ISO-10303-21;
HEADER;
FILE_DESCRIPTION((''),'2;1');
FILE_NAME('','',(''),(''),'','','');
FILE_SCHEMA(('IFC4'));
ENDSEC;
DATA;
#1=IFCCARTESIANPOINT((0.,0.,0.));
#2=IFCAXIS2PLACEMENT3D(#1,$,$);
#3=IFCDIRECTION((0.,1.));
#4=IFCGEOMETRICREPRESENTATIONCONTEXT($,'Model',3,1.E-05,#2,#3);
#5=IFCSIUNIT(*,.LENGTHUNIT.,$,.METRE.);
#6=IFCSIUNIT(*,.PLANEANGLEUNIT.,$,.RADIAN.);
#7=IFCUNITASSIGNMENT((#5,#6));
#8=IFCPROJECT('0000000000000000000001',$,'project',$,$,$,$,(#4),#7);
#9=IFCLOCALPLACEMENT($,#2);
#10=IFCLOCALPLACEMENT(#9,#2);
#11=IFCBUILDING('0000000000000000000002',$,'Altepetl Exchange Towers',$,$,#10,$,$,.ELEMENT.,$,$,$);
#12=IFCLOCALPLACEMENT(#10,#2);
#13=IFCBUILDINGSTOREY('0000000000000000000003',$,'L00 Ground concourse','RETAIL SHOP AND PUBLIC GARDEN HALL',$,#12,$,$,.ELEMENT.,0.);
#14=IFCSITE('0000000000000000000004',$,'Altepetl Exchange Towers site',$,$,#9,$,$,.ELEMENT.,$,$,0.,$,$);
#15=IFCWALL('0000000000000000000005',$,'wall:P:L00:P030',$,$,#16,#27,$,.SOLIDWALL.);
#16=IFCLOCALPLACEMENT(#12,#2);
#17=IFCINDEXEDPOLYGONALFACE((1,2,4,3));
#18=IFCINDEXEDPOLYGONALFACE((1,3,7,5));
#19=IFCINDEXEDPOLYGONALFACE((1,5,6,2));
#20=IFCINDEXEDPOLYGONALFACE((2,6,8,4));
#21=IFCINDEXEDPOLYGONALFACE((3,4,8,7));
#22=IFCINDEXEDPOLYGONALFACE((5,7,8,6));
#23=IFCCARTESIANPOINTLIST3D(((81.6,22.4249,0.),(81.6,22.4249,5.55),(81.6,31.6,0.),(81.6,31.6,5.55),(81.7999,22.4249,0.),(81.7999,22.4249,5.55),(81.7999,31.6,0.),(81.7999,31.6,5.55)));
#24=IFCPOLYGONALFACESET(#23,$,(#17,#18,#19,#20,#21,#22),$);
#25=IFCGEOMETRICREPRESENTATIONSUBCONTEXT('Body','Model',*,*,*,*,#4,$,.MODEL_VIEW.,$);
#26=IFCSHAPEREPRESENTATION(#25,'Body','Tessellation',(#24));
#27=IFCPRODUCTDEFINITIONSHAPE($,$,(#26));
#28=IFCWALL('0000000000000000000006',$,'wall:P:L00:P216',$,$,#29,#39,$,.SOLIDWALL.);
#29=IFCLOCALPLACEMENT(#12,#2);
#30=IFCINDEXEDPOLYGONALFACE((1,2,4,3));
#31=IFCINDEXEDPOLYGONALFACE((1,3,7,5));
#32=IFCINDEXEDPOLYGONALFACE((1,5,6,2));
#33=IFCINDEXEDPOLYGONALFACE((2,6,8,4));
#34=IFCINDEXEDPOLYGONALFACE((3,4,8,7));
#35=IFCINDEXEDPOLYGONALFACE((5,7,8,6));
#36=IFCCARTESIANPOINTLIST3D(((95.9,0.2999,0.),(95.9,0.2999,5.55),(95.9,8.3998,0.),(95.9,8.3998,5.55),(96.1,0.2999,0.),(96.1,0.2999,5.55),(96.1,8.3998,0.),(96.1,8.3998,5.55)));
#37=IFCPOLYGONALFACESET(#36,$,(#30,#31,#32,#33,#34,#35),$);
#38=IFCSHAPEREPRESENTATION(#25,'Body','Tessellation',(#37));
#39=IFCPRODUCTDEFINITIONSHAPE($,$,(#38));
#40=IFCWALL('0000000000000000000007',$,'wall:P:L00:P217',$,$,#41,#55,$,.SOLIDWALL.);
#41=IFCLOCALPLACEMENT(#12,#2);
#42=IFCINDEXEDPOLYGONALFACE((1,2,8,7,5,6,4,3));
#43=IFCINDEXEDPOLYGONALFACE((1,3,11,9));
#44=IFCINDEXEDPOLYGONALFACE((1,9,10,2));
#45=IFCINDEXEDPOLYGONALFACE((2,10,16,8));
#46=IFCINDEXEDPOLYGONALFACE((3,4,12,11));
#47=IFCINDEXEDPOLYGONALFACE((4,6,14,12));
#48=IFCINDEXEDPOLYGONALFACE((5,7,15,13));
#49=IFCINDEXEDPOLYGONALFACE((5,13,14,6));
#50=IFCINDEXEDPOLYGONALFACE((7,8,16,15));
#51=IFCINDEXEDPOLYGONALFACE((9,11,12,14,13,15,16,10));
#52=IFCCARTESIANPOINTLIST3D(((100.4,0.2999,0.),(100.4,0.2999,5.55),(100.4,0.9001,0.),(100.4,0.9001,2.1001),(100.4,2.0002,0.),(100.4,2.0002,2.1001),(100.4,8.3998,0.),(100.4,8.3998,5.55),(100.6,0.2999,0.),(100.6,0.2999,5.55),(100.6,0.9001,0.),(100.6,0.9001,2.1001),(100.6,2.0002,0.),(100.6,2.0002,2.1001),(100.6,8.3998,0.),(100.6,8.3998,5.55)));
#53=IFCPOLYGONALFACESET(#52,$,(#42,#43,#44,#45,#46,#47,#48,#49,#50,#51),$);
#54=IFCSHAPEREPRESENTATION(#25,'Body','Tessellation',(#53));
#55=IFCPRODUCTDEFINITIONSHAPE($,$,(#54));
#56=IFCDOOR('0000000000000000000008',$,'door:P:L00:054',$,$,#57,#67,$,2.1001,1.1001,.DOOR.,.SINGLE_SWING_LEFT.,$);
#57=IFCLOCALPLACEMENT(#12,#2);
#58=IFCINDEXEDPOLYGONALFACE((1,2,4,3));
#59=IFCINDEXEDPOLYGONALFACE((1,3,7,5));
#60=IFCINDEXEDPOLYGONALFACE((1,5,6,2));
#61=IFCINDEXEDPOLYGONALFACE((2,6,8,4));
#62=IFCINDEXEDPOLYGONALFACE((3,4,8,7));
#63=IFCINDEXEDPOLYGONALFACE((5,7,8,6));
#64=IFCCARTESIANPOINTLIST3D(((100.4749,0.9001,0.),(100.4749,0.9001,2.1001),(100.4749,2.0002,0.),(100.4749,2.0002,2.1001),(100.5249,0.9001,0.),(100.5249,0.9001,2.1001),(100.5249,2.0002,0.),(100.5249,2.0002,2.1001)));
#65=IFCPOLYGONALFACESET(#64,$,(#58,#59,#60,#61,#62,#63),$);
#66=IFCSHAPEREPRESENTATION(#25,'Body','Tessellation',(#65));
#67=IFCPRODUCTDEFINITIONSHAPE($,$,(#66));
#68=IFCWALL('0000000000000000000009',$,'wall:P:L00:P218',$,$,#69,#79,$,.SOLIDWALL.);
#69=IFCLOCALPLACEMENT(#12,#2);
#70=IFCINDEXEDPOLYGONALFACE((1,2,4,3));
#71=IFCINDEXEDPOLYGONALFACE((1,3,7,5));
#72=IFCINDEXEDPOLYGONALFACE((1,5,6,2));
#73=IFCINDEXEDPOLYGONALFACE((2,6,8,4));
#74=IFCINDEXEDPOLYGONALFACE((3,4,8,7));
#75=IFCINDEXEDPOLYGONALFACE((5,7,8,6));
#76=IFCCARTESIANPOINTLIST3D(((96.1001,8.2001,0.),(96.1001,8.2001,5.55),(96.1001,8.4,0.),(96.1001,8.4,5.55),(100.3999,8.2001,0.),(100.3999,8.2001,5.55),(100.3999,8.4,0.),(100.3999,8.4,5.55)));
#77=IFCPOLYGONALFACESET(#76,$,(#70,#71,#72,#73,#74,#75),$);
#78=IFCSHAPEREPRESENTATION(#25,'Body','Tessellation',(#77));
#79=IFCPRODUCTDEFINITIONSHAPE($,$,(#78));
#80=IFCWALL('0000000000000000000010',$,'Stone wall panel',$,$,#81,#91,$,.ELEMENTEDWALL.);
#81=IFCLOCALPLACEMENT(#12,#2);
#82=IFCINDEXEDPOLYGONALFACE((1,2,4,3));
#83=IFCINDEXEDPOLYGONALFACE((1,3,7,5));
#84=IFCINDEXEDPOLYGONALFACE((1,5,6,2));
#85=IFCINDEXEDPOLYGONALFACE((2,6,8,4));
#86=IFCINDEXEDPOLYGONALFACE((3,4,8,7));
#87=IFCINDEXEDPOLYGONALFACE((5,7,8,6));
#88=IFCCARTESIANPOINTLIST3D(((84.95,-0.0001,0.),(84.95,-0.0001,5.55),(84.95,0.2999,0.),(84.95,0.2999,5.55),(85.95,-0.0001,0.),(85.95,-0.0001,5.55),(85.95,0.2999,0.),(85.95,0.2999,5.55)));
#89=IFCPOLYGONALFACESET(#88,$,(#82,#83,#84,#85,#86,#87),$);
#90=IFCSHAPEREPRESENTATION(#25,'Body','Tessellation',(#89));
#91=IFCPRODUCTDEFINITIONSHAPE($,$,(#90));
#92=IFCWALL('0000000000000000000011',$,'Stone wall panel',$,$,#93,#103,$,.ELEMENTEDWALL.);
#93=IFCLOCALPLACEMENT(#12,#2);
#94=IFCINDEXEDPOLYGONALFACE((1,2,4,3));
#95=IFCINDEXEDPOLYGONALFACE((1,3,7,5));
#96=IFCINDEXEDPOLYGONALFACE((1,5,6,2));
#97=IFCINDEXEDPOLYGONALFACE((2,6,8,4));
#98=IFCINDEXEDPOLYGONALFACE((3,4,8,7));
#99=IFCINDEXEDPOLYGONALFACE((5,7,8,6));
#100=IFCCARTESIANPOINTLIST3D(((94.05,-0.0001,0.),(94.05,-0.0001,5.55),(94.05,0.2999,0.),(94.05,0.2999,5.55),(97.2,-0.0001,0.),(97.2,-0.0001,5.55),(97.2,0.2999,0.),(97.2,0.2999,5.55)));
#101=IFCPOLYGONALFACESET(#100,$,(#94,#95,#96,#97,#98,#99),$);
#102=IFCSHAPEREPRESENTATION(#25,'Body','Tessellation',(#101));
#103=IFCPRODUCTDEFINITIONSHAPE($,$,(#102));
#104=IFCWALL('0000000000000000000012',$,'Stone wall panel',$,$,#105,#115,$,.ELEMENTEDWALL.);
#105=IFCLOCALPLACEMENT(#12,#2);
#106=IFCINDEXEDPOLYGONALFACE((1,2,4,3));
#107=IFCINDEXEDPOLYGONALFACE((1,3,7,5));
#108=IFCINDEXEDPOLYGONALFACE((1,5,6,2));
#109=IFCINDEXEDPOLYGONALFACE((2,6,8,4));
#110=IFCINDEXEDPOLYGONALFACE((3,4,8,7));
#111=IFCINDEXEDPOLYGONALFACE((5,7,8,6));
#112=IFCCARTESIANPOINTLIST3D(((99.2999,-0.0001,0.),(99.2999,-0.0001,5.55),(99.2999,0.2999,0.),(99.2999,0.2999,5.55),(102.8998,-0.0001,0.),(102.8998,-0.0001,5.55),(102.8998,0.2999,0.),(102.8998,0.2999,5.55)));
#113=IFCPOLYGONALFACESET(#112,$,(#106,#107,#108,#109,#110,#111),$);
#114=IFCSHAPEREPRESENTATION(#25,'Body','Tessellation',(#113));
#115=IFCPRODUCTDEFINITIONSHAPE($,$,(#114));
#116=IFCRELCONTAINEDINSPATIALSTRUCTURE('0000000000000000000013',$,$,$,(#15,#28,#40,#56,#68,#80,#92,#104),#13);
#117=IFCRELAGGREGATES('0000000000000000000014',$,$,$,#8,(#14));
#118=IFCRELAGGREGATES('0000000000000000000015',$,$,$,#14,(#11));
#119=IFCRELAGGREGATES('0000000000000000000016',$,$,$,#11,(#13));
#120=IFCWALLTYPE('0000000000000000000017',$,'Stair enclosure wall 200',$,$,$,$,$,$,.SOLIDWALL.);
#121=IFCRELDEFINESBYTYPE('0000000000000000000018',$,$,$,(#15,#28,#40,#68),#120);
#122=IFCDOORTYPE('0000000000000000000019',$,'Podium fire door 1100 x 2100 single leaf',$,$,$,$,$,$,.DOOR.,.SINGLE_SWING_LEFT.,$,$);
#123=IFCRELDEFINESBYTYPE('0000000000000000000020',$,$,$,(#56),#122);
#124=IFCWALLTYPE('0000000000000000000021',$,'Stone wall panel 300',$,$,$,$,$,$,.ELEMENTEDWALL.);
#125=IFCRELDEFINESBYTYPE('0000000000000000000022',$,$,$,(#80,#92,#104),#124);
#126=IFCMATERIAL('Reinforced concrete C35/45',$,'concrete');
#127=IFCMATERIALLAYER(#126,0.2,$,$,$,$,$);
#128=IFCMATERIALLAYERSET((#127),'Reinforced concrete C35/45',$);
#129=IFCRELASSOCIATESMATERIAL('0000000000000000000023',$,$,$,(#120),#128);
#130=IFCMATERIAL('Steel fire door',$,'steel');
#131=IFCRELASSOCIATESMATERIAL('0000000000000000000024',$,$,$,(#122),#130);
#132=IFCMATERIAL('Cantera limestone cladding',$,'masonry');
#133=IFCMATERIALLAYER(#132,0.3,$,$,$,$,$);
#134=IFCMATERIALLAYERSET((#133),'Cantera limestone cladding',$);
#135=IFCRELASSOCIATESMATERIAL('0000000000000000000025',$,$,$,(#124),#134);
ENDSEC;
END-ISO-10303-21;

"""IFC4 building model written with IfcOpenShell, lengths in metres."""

from ifc_helpers import new_model, si_unit, direction, frame, frame_2d, origin, place, context, subcontext, project, spatial, rectangle, extrude, material, layer, layer_set, type_object, element, fill, save


model = new_model("IFC4")

# Units and contexts
model_context = context("Model", 3, precision=1e-05, world=origin(), true_north=direction((0.0, 1.0)))
body_context = subcontext(model_context, "Body", "Model", "MODEL_VIEW")
ifc_project = project(units=[si_unit("LENGTHUNIT", "METRE"), si_unit("PLANEANGLEUNIT", "RADIAN")], contexts=[model_context])

# Site, building, storey
site_placement = place(None, origin())
site = spatial("IfcSite", under=ifc_project, at=site_placement, Name="Altepetl Exchange Towers site", CompositionType="ELEMENT", RefElevation=0.0)
building_placement = place(site_placement, origin())
building = spatial("IfcBuilding", under=site, at=building_placement, Name="Altepetl Exchange Towers", CompositionType="ELEMENT")
storey_placement = place(building_placement, origin())
storey = spatial("IfcBuildingStorey", under=building, at=storey_placement, Name="L00 Ground concourse", Description="RETAIL SHOP AND PUBLIC GARDEN HALL", CompositionType="ELEMENT", Elevation=0.0)

# Walls
ifc_material_1 = material(Name="Reinforced concrete C35/45", Category="concrete")
ifc_layer_1 = layer(ifc_material_1, 0.2)
ifc_layer_set_1 = layer_set([ifc_layer_1], Name="Reinforced concrete C35/45")
wall_type_1 = type_object("IfcWallType", Name="Stair enclosure wall 200", PredefinedType="SOLIDWALL", material=ifc_layer_set_1)
wall_1_placement = place(storey_placement, frame((81.7, 22.425, 0.0), z_axis=(0.0, 0.0, 1.0), x_axis=(0.0, 1.0, 0.0)))
element("IfcWall", 1, at=wall_1_placement, inside=storey, type_object=wall_type_1, Name="wall:P:L00:P030", PredefinedType="SOLIDWALL", context=body_context, shape_type="SweptSolid", body=[
    extrude(rectangle(XDim=9.175, YDim=0.2, at=frame_2d((4.5874, 0.0))), origin(), (0.0, 0.0, 1.0), 5.55),
])
wall_2_placement = place(storey_placement, frame((96.0, 0.3, 0.0), z_axis=(0.0, 0.0, 1.0), x_axis=(0.0, 1.0, 0.0)))
element("IfcWall", 2, at=wall_2_placement, inside=storey, type_object=wall_type_1, Name="wall:P:L00:P216", PredefinedType="SOLIDWALL", context=body_context, shape_type="SweptSolid", body=[
    extrude(rectangle(XDim=8.0999, YDim=0.2, at=frame_2d((4.0498, 0.0))), origin(), (0.0, 0.0, 1.0), 5.55),
])

# Wall, opening, door
wall_3_placement = place(storey_placement, frame((100.5, 0.3, 0.0), z_axis=(0.0, 0.0, 1.0), x_axis=(0.0, 1.0, 0.0)))
wall_3 = element("IfcWall", 3, at=wall_3_placement, inside=storey, type_object=wall_type_1, Name="wall:P:L00:P217", PredefinedType="SOLIDWALL", context=body_context, shape_type="SweptSolid", body=[
    extrude(rectangle(XDim=8.0999, YDim=0.2, at=frame_2d((4.0498, 0.0))), origin(), (0.0, 0.0, 1.0), 5.55),
])
opening_1_placement = place(wall_3_placement, frame((0.6001, 0.0, 0.0)))
opening_1 = element("IfcOpeningElement", 4, at=opening_1_placement, cuts=wall_3, PredefinedType="OPENING", context=body_context, shape_type="SweptSolid", body=[
    extrude(rectangle(XDim=1.1001, YDim=2.1001, at=frame_2d((0.55, 1.05))), frame((0.0, 0.1099, 0.0), z_axis=(0.0, -1.0, 0.0), x_axis=(1.0, 0.0, 0.0)), (0.0, 0.0, 1.0), 0.22),
])
ifc_material_2 = material(Name="Steel fire door", Category="steel")
door_type_1 = type_object("IfcDoorType", Name="Podium fire door 1100 x 2100 single leaf", OperationType="SINGLE_SWING_LEFT", PredefinedType="DOOR", material=ifc_material_2)
door_1_placement = place(opening_1_placement, frame((1.1001, 0.0, 0.0), x_axis=(-1.0, 0.0, 0.0)))
door_1 = element("IfcDoor", 5, at=door_1_placement, inside=storey, type_object=door_type_1, Name="door:P:L00:054", OperationType="SINGLE_SWING_LEFT", OverallHeight=2.1001, OverallWidth=1.1001, PredefinedType="DOOR", context=body_context, shape_type="SweptSolid", body=[
    extrude(rectangle(XDim=1.1001, YDim=2.1001, at=frame_2d((0.55, 1.05))), frame((0.0, 0.0249, 0.0), z_axis=(0.0, -1.0, 0.0), x_axis=(1.0, 0.0, 0.0)), (0.0, 0.0, 1.0), 0.05),
])
fill(opening_1, door_1)

# Walls
wall_4_placement = place(storey_placement, frame((96.1001, 8.3, 0.0)))
element("IfcWall", 6, at=wall_4_placement, inside=storey, type_object=wall_type_1, Name="wall:P:L00:P218", PredefinedType="SOLIDWALL", context=body_context, shape_type="SweptSolid", body=[
    extrude(rectangle(XDim=4.2998, YDim=0.2, at=frame_2d((2.1499, 0.0))), origin(), (0.0, 0.0, 1.0), 5.55),
])
ifc_material_3 = material(Name="Cantera limestone cladding", Category="masonry")
ifc_layer_2 = layer(ifc_material_3, 0.3)
ifc_layer_set_2 = layer_set([ifc_layer_2], Name="Cantera limestone cladding")
wall_type_2 = type_object("IfcWallType", Name="Stone wall panel 300", PredefinedType="ELEMENTEDWALL", material=ifc_layer_set_2)
wall_5_placement = place(storey_placement, frame((84.95, 0.1499, 0.0)))
element("IfcWall", 7, at=wall_5_placement, inside=storey, type_object=wall_type_2, Name="Stone wall panel", PredefinedType="ELEMENTEDWALL", context=body_context, shape_type="SweptSolid", body=[
    extrude(rectangle(XDim=1.0, YDim=0.3, at=frame_2d((0.5, 0.0))), origin(), (0.0, 0.0, 1.0), 5.55),
])
wall_6_placement = place(storey_placement, frame((94.05, 0.1499, 0.0)))
element("IfcWall", 8, at=wall_6_placement, inside=storey, type_object=wall_type_2, Name="Stone wall panel", PredefinedType="ELEMENTEDWALL", context=body_context, shape_type="SweptSolid", body=[
    extrude(rectangle(XDim=3.1499, YDim=0.3, at=frame_2d((1.575, 0.0))), origin(), (0.0, 0.0, 1.0), 5.55),
])

# Wall
wall_7_placement = place(storey_placement, frame((99.3, 0.1499, 0.0)))
element("IfcWall", 9, at=wall_7_placement, inside=storey, type_object=wall_type_2, Name="Stone wall panel", PredefinedType="ELEMENTEDWALL", context=body_context, shape_type="SweptSolid", body=[
    extrude(rectangle(XDim=3.5999, YDim=0.3, at=frame_2d((1.7998, 0.0))), origin(), (0.0, 0.0, 1.0), 5.55),
])

save(model, "model.ifc")
